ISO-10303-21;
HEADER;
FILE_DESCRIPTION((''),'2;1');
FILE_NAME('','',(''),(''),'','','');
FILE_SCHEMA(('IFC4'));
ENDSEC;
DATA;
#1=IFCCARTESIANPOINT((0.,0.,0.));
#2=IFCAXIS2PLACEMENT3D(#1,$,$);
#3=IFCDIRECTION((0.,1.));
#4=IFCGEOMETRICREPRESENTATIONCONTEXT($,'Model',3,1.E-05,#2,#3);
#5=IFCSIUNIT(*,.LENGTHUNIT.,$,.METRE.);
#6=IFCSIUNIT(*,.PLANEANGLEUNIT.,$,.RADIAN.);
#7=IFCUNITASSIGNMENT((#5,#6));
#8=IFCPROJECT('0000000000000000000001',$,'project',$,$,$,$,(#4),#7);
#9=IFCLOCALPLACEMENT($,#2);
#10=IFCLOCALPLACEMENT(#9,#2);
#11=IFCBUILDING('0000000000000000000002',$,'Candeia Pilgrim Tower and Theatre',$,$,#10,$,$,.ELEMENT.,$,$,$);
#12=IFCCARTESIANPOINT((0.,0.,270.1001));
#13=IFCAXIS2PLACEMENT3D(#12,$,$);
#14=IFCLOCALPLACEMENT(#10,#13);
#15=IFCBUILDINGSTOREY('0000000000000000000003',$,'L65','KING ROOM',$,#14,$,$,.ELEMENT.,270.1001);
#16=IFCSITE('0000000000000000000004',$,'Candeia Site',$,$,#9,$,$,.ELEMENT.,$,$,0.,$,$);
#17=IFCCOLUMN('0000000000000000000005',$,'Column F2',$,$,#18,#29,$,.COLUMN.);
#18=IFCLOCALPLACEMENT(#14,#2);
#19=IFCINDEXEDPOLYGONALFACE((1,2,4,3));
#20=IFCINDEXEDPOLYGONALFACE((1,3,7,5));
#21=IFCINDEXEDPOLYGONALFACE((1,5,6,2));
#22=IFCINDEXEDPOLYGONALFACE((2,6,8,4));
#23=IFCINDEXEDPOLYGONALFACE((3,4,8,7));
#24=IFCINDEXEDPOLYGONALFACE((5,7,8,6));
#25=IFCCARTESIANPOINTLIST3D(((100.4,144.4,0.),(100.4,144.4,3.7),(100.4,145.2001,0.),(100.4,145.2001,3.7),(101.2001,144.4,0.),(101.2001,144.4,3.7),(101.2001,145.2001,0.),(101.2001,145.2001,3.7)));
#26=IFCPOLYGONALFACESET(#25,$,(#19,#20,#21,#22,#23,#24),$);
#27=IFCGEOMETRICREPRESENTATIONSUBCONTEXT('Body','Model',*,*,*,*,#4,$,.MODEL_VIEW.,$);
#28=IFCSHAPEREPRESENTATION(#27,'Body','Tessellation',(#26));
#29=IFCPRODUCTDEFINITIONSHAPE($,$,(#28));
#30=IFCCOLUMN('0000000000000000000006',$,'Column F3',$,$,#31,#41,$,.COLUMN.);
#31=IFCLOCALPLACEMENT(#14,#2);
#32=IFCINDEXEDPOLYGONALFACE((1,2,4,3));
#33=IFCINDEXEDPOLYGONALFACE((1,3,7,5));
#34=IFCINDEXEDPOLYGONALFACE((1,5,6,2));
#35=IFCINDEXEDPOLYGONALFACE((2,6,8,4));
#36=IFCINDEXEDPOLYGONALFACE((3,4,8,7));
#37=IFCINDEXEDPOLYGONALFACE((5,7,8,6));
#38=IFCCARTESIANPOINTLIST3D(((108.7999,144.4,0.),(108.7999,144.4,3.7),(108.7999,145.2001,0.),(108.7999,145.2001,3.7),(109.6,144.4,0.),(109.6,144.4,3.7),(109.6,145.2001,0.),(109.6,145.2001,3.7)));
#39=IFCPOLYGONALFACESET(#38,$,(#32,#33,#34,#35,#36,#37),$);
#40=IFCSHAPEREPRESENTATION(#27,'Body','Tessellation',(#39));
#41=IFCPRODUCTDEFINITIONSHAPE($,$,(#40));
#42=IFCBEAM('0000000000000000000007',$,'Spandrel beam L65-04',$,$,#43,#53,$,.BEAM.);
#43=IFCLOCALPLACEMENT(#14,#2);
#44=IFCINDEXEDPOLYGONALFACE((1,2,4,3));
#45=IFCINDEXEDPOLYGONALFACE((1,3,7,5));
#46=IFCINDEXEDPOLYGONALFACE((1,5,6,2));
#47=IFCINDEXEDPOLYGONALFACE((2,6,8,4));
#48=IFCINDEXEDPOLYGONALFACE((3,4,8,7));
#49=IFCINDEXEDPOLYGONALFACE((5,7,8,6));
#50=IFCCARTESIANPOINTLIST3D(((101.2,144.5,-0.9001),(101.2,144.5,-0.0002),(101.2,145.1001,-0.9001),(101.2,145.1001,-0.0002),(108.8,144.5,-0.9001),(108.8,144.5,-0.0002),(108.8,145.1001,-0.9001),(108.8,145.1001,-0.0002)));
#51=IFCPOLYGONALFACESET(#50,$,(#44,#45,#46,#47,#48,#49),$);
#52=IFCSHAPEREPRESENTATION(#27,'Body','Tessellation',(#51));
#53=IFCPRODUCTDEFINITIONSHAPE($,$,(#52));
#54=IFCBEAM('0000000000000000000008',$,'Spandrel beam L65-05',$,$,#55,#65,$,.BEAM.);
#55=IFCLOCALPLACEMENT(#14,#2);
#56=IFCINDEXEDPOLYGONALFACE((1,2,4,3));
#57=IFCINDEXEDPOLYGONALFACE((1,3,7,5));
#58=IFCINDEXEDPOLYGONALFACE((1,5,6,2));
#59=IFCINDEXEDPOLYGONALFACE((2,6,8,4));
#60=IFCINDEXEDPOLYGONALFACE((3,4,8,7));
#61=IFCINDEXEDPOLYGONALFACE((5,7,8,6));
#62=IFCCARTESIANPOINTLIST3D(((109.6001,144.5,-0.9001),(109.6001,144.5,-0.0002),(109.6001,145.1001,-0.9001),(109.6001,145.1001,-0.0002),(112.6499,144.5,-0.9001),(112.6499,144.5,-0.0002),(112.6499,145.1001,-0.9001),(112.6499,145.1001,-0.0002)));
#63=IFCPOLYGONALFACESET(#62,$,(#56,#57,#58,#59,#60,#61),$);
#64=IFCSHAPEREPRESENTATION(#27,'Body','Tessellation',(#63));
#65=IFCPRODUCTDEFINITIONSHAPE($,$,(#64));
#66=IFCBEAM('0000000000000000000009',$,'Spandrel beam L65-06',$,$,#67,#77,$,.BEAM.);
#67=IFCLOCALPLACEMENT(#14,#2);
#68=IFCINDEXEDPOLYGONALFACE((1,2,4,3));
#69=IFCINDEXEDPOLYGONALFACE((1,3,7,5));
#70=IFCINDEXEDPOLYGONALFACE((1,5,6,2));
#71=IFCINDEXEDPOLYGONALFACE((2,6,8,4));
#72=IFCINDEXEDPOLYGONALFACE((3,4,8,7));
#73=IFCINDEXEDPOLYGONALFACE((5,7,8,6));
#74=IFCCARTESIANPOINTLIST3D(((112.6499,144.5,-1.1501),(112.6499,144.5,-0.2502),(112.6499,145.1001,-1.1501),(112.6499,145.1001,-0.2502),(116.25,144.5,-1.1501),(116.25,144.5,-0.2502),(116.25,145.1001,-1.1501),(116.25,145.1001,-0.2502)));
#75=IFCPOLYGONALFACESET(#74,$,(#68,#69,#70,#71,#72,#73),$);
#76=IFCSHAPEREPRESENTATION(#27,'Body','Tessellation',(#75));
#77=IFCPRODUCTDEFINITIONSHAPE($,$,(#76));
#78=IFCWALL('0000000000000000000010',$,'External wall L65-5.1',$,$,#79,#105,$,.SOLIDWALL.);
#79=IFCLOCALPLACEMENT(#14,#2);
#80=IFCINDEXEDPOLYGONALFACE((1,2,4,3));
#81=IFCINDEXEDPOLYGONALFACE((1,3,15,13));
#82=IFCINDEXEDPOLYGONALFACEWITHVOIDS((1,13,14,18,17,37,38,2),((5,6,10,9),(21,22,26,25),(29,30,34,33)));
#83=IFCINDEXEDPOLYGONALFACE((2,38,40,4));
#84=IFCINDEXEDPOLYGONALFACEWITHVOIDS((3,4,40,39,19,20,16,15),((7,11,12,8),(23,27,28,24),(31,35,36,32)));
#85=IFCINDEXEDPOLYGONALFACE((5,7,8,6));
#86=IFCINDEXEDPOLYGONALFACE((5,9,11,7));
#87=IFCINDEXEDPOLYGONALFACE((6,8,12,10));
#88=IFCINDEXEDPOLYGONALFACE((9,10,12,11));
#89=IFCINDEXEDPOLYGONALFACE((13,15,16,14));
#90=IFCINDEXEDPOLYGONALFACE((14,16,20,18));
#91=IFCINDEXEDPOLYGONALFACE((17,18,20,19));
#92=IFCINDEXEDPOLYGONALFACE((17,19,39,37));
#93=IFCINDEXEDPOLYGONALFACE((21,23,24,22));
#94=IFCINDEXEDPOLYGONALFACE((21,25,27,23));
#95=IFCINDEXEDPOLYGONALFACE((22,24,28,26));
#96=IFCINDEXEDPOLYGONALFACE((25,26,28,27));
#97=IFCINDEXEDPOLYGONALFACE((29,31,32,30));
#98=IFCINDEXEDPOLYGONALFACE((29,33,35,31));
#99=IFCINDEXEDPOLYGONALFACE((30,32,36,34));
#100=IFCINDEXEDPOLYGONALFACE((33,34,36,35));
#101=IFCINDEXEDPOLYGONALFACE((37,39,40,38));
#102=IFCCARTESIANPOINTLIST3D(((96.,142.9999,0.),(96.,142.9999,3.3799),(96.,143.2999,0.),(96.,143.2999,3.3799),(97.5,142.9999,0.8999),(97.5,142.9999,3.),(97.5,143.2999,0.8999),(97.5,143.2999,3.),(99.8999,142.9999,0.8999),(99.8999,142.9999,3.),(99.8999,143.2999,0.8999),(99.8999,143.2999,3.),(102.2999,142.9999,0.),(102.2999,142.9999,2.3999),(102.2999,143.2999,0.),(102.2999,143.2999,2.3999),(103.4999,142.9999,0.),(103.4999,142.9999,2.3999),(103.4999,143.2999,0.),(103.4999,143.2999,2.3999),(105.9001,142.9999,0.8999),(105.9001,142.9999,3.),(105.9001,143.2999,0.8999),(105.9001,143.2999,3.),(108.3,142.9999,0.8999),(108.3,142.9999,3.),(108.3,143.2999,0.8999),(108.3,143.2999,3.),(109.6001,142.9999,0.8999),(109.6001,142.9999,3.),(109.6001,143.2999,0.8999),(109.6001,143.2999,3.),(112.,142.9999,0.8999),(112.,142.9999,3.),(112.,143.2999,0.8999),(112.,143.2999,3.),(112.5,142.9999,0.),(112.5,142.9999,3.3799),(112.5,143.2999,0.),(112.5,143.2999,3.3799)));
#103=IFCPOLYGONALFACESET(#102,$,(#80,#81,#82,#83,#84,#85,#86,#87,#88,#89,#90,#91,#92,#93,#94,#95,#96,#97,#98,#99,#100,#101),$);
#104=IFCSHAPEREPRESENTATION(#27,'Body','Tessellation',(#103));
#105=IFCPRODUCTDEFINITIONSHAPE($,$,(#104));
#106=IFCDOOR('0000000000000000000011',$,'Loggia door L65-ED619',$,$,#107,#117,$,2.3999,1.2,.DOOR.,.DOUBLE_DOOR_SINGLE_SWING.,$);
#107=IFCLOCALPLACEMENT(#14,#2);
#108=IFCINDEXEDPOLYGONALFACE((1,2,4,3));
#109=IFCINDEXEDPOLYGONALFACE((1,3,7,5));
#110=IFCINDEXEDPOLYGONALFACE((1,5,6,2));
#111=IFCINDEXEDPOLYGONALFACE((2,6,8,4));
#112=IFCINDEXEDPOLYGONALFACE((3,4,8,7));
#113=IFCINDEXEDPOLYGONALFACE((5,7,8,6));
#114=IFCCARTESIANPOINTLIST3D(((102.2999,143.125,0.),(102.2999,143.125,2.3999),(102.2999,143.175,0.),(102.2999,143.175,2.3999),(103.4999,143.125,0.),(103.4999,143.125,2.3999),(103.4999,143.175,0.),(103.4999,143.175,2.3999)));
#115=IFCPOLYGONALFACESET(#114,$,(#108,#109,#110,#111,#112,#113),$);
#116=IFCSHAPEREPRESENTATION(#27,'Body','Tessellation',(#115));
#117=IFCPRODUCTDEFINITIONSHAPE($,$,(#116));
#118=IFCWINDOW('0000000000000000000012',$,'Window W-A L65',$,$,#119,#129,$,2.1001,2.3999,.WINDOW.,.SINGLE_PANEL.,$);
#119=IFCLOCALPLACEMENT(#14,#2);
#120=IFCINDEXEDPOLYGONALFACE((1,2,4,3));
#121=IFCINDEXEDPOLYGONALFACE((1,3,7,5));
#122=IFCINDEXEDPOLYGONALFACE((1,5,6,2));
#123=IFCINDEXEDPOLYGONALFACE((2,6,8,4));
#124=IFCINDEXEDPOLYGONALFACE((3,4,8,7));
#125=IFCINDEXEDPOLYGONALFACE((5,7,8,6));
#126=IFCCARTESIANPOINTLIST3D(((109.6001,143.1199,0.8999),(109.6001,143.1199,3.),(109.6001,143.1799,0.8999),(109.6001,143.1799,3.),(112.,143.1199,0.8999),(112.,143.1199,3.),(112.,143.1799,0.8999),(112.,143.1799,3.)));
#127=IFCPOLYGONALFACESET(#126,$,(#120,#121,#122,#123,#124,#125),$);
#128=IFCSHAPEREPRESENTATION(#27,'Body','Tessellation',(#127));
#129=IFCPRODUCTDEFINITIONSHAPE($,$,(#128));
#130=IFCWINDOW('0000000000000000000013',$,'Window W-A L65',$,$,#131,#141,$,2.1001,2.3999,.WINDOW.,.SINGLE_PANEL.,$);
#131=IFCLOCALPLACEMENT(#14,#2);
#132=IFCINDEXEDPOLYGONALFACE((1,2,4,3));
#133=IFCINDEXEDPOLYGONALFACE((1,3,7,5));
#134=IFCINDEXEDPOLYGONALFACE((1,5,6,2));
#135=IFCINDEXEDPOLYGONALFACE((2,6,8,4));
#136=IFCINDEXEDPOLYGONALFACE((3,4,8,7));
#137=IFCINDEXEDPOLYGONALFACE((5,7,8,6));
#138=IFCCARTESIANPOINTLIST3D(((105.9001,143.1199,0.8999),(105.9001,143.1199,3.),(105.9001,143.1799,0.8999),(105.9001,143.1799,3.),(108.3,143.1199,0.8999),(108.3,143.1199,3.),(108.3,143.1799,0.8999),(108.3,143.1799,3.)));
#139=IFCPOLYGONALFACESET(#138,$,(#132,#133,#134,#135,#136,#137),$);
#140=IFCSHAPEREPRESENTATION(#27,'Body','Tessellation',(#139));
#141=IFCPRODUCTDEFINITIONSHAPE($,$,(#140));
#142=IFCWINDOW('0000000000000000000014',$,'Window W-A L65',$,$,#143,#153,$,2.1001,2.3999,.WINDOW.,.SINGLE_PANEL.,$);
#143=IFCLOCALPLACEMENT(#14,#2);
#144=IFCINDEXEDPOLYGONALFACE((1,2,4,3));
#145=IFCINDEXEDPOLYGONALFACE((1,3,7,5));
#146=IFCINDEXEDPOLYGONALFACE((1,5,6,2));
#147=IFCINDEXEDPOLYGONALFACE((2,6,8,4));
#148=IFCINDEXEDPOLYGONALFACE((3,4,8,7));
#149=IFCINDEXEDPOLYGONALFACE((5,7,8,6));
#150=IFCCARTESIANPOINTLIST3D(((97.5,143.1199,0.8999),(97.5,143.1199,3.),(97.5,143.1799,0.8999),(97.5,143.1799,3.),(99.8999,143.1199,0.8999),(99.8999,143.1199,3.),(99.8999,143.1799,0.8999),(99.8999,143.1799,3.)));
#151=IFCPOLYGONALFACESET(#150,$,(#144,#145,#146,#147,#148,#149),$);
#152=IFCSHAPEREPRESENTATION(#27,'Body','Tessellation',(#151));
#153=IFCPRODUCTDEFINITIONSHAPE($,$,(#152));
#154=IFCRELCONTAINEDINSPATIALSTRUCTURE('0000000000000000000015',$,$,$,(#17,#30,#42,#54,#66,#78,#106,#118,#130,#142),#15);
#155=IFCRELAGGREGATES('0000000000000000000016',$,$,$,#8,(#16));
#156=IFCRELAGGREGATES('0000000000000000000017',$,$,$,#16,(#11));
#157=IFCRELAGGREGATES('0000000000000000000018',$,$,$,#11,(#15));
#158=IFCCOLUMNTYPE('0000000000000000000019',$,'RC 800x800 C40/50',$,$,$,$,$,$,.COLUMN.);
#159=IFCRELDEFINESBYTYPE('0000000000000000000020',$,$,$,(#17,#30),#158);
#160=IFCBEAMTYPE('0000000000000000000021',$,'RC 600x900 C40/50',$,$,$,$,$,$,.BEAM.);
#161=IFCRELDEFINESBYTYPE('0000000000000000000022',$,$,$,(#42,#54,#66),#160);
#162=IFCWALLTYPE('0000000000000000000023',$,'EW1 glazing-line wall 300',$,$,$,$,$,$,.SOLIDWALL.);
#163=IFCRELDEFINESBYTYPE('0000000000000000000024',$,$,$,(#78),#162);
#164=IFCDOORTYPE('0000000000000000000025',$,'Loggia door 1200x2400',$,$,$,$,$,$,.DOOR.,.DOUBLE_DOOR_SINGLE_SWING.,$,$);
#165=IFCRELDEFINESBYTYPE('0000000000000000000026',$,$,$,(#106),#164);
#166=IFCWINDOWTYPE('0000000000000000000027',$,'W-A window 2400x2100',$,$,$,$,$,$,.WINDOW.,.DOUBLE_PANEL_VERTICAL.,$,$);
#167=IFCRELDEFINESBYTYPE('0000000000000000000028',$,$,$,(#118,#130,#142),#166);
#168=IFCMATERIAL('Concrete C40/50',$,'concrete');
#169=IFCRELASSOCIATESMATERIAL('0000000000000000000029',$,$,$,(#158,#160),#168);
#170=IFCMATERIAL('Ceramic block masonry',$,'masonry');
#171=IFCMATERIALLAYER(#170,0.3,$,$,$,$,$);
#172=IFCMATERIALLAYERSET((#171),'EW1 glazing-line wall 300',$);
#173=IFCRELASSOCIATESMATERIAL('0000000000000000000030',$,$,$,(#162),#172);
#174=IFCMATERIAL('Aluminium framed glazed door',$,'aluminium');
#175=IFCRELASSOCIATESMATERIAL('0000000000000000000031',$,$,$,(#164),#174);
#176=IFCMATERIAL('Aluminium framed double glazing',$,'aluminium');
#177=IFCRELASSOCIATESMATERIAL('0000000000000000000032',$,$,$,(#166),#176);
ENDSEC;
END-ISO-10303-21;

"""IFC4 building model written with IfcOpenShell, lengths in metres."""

from ifc_helpers import new_model, si_unit, direction, frame, frame_2d, origin, origin_2d, place, context, subcontext, project, spatial, rectangle, extrude, material, layer, layer_set, material_profile, profile_set, type_object, element, fill, save


model = new_model("IFC4")

# Units and contexts
model_context = context("Model", 3, precision=1e-05, world=origin(), true_north=direction((0.0, 1.0)))
body_context = subcontext(model_context, "Body", "Model", "MODEL_VIEW")
ifc_project = project(units=[si_unit("LENGTHUNIT", "METRE"), si_unit("PLANEANGLEUNIT", "RADIAN")], contexts=[model_context])

# Site, building, storey
site_placement = place(None, origin())
site = spatial("IfcSite", under=ifc_project, at=site_placement, Name="Candeia Site", CompositionType="ELEMENT", RefElevation=0.0)
building_placement = place(site_placement, origin())
building = spatial("IfcBuilding", under=site, at=building_placement, Name="Candeia Pilgrim Tower and Theatre", CompositionType="ELEMENT")
storey_placement = place(building_placement, frame((0.0, 0.0, 270.1001)))
storey = spatial("IfcBuildingStorey", under=building, at=storey_placement, Name="L65", Description="KING ROOM", CompositionType="ELEMENT", Elevation=270.1001)

# Columns
ifc_material_1 = material(Name="Concrete C40/50", Category="concrete")
ifc_material_profile_1 = material_profile(ifc_material_1, rectangle(XDim=0.8, YDim=0.8, at=origin_2d()))
ifc_profile_set_1 = profile_set([ifc_material_profile_1], Name="Concrete C40/50")
column_type = type_object("IfcColumnType", Name="RC 800x800 C40/50", PredefinedType="COLUMN", material=ifc_profile_set_1)
for number, where, z_axis, x_axis, name in (
    (1, (100.8, 144.8, 0.0), (0.0, 0.0, 1.0), (1.0, 0.0, 0.0), "Column F2"),
    (2, (109.2, 144.8, 0.0), (0.0, 0.0, 1.0), (1.0, 0.0, 0.0), "Column F3"),
):
    element("IfcColumn", number, at=place(storey_placement, frame(where, z_axis=z_axis, x_axis=x_axis)), inside=storey, type_object=column_type, Name=name, PredefinedType="COLUMN", context=body_context, shape_type="SweptSolid", body=[
        extrude(rectangle(XDim=0.8, YDim=0.8, at=origin_2d()), origin(), (0.0, 0.0, 1.0), 3.7),
    ])

# Beams
ifc_material_profile_2 = material_profile(ifc_material_1, rectangle(XDim=0.6001, YDim=0.8999, at=origin_2d()))
ifc_profile_set_2 = profile_set([ifc_material_profile_2], Name="Concrete C40/50")
beam_type = type_object("IfcBeamType", Name="RC 600x900 C40/50", PredefinedType="BEAM", material=ifc_profile_set_2)
beam_1_placement = place(storey_placement, frame((101.2, 144.8, -0.4502), z_axis=(1.0, 0.0, 0.0), x_axis=(0.0, 1.0, 0.0)))
element("IfcBeam", 3, at=beam_1_placement, inside=storey, type_object=beam_type, Name="Spandrel beam L65-04", PredefinedType="BEAM", context=body_context, shape_type="SweptSolid", body=[
    extrude(rectangle(XDim=0.6001, YDim=0.8999, at=origin_2d()), origin(), (0.0, 0.0, 1.0), 7.6001),
])
beam_2_placement = place(storey_placement, frame((109.6001, 144.8, -0.4502), z_axis=(1.0, 0.0, 0.0), x_axis=(0.0, 1.0, 0.0)))
element("IfcBeam", 4, at=beam_2_placement, inside=storey, type_object=beam_type, Name="Spandrel beam L65-05", PredefinedType="BEAM", context=body_context, shape_type="SweptSolid", body=[
    extrude(rectangle(XDim=0.6001, YDim=0.8999, at=origin_2d()), origin(), (0.0, 0.0, 1.0), 3.0498),
])
beam_3_placement = place(storey_placement, frame((112.6499, 144.8, -0.7002), z_axis=(1.0, 0.0, 0.0), x_axis=(0.0, 1.0, 0.0)))
element("IfcBeam", 5, at=beam_3_placement, inside=storey, type_object=beam_type, Name="Spandrel beam L65-06", PredefinedType="BEAM", context=body_context, shape_type="SweptSolid", body=[
    extrude(rectangle(XDim=0.6001, YDim=0.8999, at=origin_2d()), origin(), (0.0, 0.0, 1.0), 3.6001),
])

# Wall, openings, door, windows
ifc_material_2 = material(Name="Ceramic block masonry", Category="masonry")
ifc_layer_1 = layer(ifc_material_2, 0.3)
ifc_layer_set_1 = layer_set([ifc_layer_1], Name="EW1 glazing-line wall 300")
wall_type_1 = type_object("IfcWallType", Name="EW1 glazing-line wall 300", PredefinedType="SOLIDWALL", material=ifc_layer_set_1)
wall_1_placement = place(storey_placement, frame((112.5, 143.1499, 0.0), z_axis=(0.0, 0.0, 1.0), x_axis=(-1.0, 0.0, 0.0)))
wall_1 = element("IfcWall", 6, at=wall_1_placement, inside=storey, type_object=wall_type_1, Name="External wall L65-5.1", PredefinedType="SOLIDWALL", context=body_context, shape_type="SweptSolid", body=[
    extrude(rectangle(XDim=16.5, YDim=0.3, at=frame_2d((8.25, 0.0))), origin(), (0.0, 0.0, 1.0), 3.3799),
])
opening_1_placement = place(wall_1_placement, frame((0.5, 0.0, 0.8999)))
opening_1 = element("IfcOpeningElement", 7, at=opening_1_placement, cuts=wall_1, PredefinedType="OPENING", context=body_context, shape_type="SweptSolid", body=[
    extrude(rectangle(XDim=2.3999, YDim=2.1001, at=frame_2d((1.2, 1.05))), frame((0.0, 0.1602, 0.0), z_axis=(0.0, -1.0, 0.0), x_axis=(1.0, 0.0, 0.0)), (0.0, 0.0, 1.0), 0.3201),
])
opening_2_placement = place(wall_1_placement, frame((4.2, 0.0, 0.8999)))
opening_2 = element("IfcOpeningElement", 8, at=opening_2_placement, cuts=wall_1, PredefinedType="OPENING", context=body_context, shape_type="SweptSolid", body=[
    extrude(rectangle(XDim=2.3999, YDim=2.1001, at=frame_2d((1.2, 1.05))), frame((0.0, 0.1602, 0.0), z_axis=(0.0, -1.0, 0.0), x_axis=(1.0, 0.0, 0.0)), (0.0, 0.0, 1.0), 0.3201),
])
opening_3_placement = place(wall_1_placement, frame((9.0, 0.0, 0.0)))
opening_3 = element("IfcOpeningElement", 9, at=opening_3_placement, cuts=wall_1, PredefinedType="OPENING", context=body_context, shape_type="SweptSolid", body=[
    extrude(rectangle(XDim=1.2, YDim=2.3999, at=frame_2d((0.6001, 1.2))), frame((0.0, 0.1602, 0.0), z_axis=(0.0, -1.0, 0.0), x_axis=(1.0, 0.0, 0.0)), (0.0, 0.0, 1.0), 0.3201),
])
opening_4_placement = place(wall_1_placement, frame((12.6001, 0.0, 0.8999)))
opening_4 = element("IfcOpeningElement", 10, at=opening_4_placement, cuts=wall_1, PredefinedType="OPENING", context=body_context, shape_type="SweptSolid", body=[
    extrude(rectangle(XDim=2.3999, YDim=2.1001, at=frame_2d((1.2, 1.05))), frame((0.0, 0.1602, 0.0), z_axis=(0.0, -1.0, 0.0), x_axis=(1.0, 0.0, 0.0)), (0.0, 0.0, 1.0), 0.3201),
])
ifc_material_3 = material(Name="Aluminium framed glazed door", Category="aluminium")
door_type_1 = type_object("IfcDoorType", Name="Loggia door 1200x2400", OperationType="DOUBLE_DOOR_SINGLE_SWING", PredefinedType="DOOR", material=ifc_material_3)
door_1_placement = place(opening_3_placement, origin())
door_1 = element("IfcDoor", 11, at=door_1_placement, inside=storey, type_object=door_type_1, Name="Loggia door L65-ED619", OperationType="DOUBLE_DOOR_SINGLE_SWING", OverallHeight=2.3999, OverallWidth=1.2, PredefinedType="DOOR", context=body_context, shape_type="SweptSolid", body=[
    extrude(rectangle(XDim=1.2, YDim=2.3999, at=frame_2d((0.6001, 1.2))), frame((0.0, 0.0249, 0.0), z_axis=(0.0, -1.0, 0.0), x_axis=(1.0, 0.0, 0.0)), (0.0, 0.0, 1.0), 0.05),
])
fill(opening_3, door_1)
ifc_material_4 = material(Name="Aluminium framed double glazing", Category="aluminium")
window_type_1 = type_object("IfcWindowType", Name="W-A window 2400x2100", PartitioningType="DOUBLE_PANEL_VERTICAL", PredefinedType="WINDOW", material=ifc_material_4)
window_1_placement = place(opening_1_placement, origin())
window_1 = element("IfcWindow", 12, at=window_1_placement, inside=storey, type_object=window_type_1, Name="Window W-A L65", OverallHeight=2.1001, OverallWidth=2.3999, PartitioningType="SINGLE_PANEL", PredefinedType="WINDOW", context=body_context, shape_type="SweptSolid", body=[
    extrude(rectangle(XDim=2.3999, YDim=2.1001, at=frame_2d((1.2, 1.05))), frame((0.0, 0.03, 0.0), z_axis=(0.0, -1.0, 0.0), x_axis=(1.0, 0.0, 0.0)), (0.0, 0.0, 1.0), 0.0601),
])
fill(opening_1, window_1)
window_2_placement = place(opening_2_placement, origin())
window_2 = element("IfcWindow", 13, at=window_2_placement, inside=storey, type_object=window_type_1, Name="Window W-A L65", OverallHeight=2.1001, OverallWidth=2.3999, PartitioningType="SINGLE_PANEL", PredefinedType="WINDOW", context=body_context, shape_type="SweptSolid", body=[
    extrude(rectangle(XDim=2.3999, YDim=2.1001, at=frame_2d((1.2, 1.05))), frame((0.0, 0.03, 0.0), z_axis=(0.0, -1.0, 0.0), x_axis=(1.0, 0.0, 0.0)), (0.0, 0.0, 1.0), 0.0601),
])
fill(opening_2, window_2)
window_3_placement = place(opening_4_placement, origin())
window_3 = element("IfcWindow", 14, at=window_3_placement, inside=storey, type_object=window_type_1, Name="Window W-A L65", OverallHeight=2.1001, OverallWidth=2.3999, PartitioningType="SINGLE_PANEL", PredefinedType="WINDOW", context=body_context, shape_type="SweptSolid", body=[
    extrude(rectangle(XDim=2.3999, YDim=2.1001, at=frame_2d((1.2, 1.05))), frame((0.0, 0.03, 0.0), z_axis=(0.0, -1.0, 0.0), x_axis=(1.0, 0.0, 0.0)), (0.0, 0.0, 1.0), 0.0601),
])
fill(opening_4, window_3)

save(model, "model.ifc")
